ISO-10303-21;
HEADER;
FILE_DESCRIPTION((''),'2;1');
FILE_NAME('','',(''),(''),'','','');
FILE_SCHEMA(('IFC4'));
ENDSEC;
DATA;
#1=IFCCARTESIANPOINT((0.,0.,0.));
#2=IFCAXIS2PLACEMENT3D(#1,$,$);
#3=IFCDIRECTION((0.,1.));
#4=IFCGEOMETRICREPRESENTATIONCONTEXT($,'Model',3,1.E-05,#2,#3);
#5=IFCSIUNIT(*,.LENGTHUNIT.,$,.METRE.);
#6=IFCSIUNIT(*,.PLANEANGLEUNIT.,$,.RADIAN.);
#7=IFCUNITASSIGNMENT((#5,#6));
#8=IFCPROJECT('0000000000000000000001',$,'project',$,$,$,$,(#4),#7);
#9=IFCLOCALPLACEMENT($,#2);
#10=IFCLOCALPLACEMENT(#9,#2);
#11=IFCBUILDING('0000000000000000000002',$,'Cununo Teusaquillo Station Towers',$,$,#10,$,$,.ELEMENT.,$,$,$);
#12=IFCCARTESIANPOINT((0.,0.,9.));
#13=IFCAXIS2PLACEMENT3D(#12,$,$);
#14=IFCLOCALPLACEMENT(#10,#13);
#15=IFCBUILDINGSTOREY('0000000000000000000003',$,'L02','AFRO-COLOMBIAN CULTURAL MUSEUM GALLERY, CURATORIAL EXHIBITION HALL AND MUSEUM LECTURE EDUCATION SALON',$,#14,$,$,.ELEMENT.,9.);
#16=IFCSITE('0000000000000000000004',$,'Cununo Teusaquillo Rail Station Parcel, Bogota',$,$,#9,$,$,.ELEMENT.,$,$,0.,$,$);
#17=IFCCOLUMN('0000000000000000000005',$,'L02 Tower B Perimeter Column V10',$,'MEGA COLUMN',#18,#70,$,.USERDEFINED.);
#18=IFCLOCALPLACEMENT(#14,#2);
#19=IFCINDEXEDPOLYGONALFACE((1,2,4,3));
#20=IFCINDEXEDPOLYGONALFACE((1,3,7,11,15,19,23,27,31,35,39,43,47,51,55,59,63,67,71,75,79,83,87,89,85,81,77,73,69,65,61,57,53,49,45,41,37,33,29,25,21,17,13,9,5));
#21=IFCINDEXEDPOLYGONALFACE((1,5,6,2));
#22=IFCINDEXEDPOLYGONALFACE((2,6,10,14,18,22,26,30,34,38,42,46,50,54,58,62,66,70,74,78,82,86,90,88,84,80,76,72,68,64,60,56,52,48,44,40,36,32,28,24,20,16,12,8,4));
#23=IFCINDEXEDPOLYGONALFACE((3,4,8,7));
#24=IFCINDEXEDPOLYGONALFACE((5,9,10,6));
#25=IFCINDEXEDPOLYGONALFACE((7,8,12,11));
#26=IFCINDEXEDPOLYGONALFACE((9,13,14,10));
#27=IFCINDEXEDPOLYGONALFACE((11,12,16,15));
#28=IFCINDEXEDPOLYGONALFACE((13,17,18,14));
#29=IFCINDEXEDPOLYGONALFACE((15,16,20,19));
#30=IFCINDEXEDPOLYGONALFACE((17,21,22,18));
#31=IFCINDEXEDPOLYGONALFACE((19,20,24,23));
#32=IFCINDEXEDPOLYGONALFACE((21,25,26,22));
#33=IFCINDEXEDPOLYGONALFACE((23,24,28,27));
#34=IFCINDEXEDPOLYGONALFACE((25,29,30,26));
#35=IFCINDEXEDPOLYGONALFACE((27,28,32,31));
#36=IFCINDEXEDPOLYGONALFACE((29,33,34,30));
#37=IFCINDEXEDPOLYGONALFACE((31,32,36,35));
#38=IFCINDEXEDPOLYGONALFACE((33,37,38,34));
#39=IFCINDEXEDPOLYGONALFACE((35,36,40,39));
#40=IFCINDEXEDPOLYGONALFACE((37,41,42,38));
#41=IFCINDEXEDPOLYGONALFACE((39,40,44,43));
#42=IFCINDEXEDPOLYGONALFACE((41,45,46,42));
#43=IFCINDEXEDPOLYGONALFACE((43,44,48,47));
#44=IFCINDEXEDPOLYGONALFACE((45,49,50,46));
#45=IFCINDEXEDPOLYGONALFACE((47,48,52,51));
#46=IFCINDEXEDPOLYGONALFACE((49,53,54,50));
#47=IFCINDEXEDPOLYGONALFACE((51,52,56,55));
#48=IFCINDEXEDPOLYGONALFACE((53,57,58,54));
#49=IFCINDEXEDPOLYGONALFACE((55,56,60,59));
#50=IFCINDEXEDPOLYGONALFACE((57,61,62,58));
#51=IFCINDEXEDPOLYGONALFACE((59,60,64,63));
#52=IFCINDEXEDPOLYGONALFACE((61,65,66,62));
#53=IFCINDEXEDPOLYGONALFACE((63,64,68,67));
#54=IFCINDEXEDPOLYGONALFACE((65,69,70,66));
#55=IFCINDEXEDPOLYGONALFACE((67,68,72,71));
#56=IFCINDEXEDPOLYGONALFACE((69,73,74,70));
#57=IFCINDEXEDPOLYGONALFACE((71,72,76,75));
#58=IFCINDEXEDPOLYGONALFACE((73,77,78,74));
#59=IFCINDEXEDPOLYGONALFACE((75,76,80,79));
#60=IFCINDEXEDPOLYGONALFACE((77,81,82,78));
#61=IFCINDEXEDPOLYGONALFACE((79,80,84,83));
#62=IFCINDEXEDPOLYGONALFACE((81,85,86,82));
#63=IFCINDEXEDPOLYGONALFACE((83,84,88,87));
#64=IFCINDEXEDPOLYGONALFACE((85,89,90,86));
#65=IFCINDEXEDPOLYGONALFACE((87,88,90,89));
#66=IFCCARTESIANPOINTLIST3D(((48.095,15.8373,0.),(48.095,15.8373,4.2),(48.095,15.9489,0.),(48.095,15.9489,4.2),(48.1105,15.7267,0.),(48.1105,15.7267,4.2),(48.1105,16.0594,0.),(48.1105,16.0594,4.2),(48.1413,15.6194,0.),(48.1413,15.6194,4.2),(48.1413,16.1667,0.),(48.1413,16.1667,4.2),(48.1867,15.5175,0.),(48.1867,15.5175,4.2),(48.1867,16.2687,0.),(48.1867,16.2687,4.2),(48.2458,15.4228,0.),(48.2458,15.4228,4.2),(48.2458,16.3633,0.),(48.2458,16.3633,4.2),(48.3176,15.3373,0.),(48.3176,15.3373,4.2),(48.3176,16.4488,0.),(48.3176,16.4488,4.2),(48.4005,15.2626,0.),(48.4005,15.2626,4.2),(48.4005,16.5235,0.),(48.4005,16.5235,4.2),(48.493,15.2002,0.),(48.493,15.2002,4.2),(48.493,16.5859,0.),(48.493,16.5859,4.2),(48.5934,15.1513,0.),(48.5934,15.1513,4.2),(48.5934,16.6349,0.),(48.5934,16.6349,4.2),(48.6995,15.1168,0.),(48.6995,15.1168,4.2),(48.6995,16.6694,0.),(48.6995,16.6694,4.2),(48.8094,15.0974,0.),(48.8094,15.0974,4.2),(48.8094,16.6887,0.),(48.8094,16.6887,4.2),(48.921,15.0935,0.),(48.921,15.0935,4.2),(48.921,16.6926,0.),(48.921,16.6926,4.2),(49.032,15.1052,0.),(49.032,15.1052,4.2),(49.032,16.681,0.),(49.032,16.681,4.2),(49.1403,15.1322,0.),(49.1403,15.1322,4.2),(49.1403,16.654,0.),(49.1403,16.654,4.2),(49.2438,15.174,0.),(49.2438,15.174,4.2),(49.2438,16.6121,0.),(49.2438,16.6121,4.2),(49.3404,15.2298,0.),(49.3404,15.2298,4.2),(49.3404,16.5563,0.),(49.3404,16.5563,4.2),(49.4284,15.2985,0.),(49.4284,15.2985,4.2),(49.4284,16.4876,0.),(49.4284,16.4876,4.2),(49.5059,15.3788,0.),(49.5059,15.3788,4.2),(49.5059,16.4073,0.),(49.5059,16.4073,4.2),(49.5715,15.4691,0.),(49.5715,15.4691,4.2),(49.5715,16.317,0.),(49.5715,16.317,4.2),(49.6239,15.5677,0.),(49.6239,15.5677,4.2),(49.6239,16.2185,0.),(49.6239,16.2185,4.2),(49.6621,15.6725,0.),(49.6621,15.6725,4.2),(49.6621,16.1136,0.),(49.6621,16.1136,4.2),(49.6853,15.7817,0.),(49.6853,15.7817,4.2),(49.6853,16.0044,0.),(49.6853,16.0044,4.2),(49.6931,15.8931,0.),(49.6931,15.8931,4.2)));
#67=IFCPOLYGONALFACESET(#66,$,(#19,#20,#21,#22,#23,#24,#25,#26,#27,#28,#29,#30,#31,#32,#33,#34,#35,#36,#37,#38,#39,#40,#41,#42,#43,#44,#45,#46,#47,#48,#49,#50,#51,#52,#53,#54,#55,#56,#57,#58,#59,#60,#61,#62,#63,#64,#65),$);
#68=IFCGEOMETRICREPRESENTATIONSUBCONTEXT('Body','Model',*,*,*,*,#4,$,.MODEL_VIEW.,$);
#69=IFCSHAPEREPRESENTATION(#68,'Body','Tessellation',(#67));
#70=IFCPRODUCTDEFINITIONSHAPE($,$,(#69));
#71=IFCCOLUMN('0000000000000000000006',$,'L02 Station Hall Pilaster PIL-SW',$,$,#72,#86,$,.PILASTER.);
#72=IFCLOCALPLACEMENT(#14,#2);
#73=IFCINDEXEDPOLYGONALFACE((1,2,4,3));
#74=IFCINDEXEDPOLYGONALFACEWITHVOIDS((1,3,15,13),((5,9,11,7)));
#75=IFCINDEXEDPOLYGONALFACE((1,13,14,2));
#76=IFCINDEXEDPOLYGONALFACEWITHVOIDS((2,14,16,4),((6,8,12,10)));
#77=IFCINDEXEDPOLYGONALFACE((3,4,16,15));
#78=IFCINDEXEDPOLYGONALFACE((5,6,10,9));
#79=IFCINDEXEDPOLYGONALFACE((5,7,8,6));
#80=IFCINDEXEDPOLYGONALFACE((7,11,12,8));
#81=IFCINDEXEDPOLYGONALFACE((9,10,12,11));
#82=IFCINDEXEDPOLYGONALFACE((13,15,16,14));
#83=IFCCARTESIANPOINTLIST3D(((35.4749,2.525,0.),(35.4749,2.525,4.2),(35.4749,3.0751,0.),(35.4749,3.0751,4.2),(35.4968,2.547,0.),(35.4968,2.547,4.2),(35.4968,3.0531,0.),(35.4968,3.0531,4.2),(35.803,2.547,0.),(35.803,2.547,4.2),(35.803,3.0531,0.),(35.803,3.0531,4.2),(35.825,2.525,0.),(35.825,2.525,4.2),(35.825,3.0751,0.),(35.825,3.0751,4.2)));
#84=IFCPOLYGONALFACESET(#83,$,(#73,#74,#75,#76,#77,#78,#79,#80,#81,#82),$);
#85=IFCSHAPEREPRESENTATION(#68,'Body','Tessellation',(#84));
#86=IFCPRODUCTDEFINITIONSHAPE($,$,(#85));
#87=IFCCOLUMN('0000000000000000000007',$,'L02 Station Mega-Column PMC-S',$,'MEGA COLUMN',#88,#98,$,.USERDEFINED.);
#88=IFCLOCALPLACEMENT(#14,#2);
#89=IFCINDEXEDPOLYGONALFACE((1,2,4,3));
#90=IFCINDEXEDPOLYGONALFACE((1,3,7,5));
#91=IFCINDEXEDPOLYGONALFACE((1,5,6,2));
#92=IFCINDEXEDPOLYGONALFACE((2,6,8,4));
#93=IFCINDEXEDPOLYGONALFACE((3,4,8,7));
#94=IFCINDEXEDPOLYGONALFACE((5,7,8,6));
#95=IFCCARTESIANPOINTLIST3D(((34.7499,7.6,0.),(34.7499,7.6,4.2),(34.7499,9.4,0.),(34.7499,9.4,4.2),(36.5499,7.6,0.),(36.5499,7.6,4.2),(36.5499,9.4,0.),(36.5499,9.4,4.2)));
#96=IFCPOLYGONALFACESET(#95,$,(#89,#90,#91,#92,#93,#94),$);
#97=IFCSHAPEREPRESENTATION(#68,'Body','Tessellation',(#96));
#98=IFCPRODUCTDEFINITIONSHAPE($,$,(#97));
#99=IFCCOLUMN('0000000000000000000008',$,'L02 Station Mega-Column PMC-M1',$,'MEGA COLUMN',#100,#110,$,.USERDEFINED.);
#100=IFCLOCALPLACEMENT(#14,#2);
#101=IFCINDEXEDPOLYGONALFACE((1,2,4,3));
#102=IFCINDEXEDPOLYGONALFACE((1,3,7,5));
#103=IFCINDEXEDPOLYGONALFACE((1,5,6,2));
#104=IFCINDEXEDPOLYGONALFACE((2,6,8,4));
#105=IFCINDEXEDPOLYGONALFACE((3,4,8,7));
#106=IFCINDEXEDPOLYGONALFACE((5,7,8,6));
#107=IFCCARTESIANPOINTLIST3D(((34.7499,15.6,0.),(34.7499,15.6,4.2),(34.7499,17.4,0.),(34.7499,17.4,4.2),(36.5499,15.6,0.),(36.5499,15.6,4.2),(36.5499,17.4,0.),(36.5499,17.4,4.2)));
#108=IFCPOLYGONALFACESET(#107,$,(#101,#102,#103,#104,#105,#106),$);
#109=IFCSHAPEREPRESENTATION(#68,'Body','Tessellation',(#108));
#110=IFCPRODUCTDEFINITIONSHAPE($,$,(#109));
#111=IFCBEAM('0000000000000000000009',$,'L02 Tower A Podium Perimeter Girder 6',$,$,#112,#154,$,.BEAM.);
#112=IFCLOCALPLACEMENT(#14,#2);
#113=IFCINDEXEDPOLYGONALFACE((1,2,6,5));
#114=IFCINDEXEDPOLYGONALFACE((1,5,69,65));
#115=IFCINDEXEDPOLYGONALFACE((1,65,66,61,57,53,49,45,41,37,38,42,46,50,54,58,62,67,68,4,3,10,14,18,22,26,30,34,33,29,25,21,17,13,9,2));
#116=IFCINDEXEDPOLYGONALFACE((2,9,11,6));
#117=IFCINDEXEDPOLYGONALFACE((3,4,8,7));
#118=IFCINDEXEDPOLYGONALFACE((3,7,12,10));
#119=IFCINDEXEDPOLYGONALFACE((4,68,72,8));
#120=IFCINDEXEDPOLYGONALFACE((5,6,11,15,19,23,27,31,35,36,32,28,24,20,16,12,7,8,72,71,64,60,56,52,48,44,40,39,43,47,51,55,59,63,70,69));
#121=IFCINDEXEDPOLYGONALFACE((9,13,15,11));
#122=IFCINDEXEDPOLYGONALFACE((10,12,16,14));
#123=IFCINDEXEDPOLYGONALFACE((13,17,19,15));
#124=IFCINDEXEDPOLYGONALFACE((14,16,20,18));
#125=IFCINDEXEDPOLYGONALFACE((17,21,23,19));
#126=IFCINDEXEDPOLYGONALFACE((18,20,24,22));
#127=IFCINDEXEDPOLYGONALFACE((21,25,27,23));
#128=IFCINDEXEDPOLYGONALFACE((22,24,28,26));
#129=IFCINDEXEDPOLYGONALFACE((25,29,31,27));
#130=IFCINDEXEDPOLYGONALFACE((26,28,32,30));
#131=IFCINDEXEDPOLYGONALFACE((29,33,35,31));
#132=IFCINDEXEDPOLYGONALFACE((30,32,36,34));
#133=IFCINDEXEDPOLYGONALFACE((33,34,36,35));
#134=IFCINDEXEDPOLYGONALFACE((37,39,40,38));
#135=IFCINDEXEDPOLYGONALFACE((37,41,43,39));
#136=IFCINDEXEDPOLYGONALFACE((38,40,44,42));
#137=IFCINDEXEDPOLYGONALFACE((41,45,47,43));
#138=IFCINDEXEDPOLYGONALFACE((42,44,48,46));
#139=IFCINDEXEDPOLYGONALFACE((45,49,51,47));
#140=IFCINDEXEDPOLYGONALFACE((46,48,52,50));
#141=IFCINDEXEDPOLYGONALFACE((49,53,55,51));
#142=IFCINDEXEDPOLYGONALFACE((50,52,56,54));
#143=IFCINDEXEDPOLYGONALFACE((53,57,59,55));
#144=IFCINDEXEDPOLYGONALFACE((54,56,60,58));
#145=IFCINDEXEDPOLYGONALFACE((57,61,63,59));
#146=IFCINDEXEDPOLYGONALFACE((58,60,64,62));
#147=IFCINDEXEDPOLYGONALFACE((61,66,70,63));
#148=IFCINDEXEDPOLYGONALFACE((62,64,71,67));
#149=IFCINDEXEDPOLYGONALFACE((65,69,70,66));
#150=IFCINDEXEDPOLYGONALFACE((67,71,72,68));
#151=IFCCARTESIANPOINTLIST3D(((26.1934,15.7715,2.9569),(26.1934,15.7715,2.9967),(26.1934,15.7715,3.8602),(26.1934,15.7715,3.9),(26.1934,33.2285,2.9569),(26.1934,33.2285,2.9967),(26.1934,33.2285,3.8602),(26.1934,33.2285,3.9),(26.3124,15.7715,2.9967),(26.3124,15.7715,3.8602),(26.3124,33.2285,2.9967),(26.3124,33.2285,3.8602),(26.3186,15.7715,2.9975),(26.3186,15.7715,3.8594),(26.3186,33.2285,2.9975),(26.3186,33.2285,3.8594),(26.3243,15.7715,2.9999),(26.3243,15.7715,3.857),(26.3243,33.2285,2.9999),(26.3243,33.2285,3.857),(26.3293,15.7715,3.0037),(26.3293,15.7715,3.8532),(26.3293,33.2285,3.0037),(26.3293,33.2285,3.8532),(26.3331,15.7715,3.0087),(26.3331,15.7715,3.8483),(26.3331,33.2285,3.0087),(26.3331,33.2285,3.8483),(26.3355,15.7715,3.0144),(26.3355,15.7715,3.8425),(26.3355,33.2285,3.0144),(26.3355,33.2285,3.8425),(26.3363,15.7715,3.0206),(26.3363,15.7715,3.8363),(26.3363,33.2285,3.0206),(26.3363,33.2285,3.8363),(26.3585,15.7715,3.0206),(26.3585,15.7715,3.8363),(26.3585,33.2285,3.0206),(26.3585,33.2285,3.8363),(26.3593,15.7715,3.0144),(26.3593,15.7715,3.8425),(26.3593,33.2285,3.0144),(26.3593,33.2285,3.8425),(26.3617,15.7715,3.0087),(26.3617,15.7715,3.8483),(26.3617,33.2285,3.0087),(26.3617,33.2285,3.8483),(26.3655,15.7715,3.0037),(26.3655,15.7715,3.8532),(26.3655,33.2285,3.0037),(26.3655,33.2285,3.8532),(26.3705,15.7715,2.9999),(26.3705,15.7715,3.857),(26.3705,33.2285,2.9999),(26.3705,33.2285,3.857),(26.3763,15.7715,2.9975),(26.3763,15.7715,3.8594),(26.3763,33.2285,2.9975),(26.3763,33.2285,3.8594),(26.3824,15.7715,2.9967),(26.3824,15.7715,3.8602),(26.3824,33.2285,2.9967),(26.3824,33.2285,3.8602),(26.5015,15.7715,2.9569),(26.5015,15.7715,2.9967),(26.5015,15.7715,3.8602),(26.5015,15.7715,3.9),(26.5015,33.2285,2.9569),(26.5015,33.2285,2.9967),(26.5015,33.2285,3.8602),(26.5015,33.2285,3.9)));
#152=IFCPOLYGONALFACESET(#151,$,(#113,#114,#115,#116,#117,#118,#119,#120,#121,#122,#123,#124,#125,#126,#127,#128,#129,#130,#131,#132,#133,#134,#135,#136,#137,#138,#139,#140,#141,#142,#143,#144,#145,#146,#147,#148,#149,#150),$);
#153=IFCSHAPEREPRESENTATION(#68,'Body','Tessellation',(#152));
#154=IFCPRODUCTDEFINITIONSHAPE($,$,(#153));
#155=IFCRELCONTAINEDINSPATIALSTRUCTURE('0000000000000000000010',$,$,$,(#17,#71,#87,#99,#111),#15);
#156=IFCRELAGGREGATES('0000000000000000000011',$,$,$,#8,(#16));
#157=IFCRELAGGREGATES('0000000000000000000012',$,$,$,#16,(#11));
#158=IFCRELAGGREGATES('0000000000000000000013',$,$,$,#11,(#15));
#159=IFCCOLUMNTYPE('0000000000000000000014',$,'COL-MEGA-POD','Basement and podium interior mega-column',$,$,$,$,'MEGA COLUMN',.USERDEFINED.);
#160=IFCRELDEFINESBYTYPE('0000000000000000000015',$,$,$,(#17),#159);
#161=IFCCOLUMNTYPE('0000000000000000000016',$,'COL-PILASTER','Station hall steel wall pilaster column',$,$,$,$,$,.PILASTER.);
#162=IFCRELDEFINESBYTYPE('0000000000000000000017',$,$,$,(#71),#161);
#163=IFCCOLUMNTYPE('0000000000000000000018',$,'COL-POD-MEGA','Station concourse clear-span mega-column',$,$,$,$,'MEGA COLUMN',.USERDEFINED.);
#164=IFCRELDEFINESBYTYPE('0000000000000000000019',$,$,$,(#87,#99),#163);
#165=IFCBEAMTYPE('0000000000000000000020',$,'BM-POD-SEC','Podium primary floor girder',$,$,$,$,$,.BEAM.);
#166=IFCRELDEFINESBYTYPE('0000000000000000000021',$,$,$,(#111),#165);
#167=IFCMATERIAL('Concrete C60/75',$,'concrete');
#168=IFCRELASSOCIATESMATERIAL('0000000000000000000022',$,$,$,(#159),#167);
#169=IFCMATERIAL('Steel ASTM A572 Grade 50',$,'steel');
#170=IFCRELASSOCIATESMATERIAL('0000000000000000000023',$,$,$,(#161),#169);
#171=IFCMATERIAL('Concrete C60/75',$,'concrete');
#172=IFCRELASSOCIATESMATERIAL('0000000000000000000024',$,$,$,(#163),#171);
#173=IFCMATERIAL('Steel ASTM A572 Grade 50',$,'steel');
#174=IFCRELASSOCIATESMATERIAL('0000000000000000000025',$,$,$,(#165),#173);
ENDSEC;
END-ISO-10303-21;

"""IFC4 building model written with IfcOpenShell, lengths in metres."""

from ifc_helpers import new_model, si_unit, direction, frame, origin, origin_2d, place, context, subcontext, project, spatial, rectangle, hollow_rectangle, circle, i_section, extrude, material, material_profile, profile_set, type_object, element, save


model = new_model("IFC4")

# Units and contexts
model_context = context("Model", 3, precision=1e-05, world=origin(), true_north=direction((0.0, 1.0)))
body_context = subcontext(model_context, "Body", "Model", "MODEL_VIEW")
ifc_project = project(units=[si_unit("LENGTHUNIT", "METRE"), si_unit("PLANEANGLEUNIT", "RADIAN")], contexts=[model_context])

# Site, building, storey
site_placement = place(None, origin())
site = spatial("IfcSite", under=ifc_project, at=site_placement, Name="Cununo Teusaquillo Rail Station Parcel, Bogota", CompositionType="ELEMENT", RefElevation=0.0)
building_placement = place(site_placement, origin())
building = spatial("IfcBuilding", under=site, at=building_placement, Name="Cununo Teusaquillo Station Towers", CompositionType="ELEMENT")
storey_placement = place(building_placement, frame((0.0, 0.0, 9.0)))
storey = spatial("IfcBuildingStorey", under=building, at=storey_placement, Name="L02", Description="AFRO-COLOMBIAN CULTURAL MUSEUM GALLERY, CURATORIAL EXHIBITION HALL AND MUSEUM LECTURE EDUCATION SALON", CompositionType="ELEMENT", Elevation=9.0)

# Columns
ifc_material_1 = material(Name="Concrete C60/75", Category="concrete")
ifc_material_profile_1 = material_profile(ifc_material_1, circle(Radius=0.8, at=origin_2d()), Name="RC-CIRC-1600")
ifc_profile_set_1 = profile_set([ifc_material_profile_1], Name="Concrete C60/75")
column_type_1 = type_object("IfcColumnType", Name="COL-MEGA-POD", Description="Basement and podium interior mega-column", ElementType="MEGA COLUMN", PredefinedType="USERDEFINED", material=ifc_profile_set_1)
column_1_placement = place(storey_placement, frame((48.8931, 15.8931, 0.0), z_axis=(0.0, 0.0, 1.0), x_axis=(1.0, 0.0, 0.0)))
element("IfcColumn", 1, at=column_1_placement, inside=storey, type_object=column_type_1, Name="L02 Tower B Perimeter Column V10", ObjectType="MEGA COLUMN", PredefinedType="USERDEFINED", context=body_context, shape_type="SweptSolid", body=[
    extrude(circle(Radius=0.8, at=origin_2d()), origin(), (0.0, 0.0, 1.0), 4.2),
])
ifc_material_2 = material(Name="Steel ASTM A572 Grade 50", Category="steel")
ifc_material_profile_2 = material_profile(ifc_material_2, hollow_rectangle(XDim=0.3501, YDim=0.55, WallThickness=0.022, at=origin_2d()), Name="RHS 550x350x22")
ifc_profile_set_2 = profile_set([ifc_material_profile_2], Name="Steel ASTM A572 Grade 50")
column_type_2 = type_object("IfcColumnType", Name="COL-PILASTER", Description="Station hall steel wall pilaster column", PredefinedType="PILASTER", material=ifc_profile_set_2)
column_2_placement = place(storey_placement, frame((35.6499, 2.8, 0.0), z_axis=(0.0, 0.0, 1.0), x_axis=(1.0, 0.0, 0.0)))
element("IfcColumn", 2, at=column_2_placement, inside=storey, type_object=column_type_2, Name="L02 Station Hall Pilaster PIL-SW", PredefinedType="PILASTER", context=body_context, shape_type="SweptSolid", body=[
    extrude(hollow_rectangle(XDim=0.3501, YDim=0.55, WallThickness=0.022, at=origin_2d()), origin(), (0.0, 0.0, 1.0), 4.2),
])
ifc_material_3 = material(Name="Concrete C60/75", Category="concrete")
ifc_material_profile_3 = material_profile(ifc_material_3, rectangle(XDim=1.8, YDim=1.8, at=origin_2d()), Name="RC-RECT-1800x1800")
ifc_profile_set_3 = profile_set([ifc_material_profile_3], Name="Concrete C60/75")
column_type_3 = type_object("IfcColumnType", Name="COL-POD-MEGA", Description="Station concourse clear-span mega-column", ElementType="MEGA COLUMN", PredefinedType="USERDEFINED", material=ifc_profile_set_3)
for number, where, z_axis, x_axis, name in (
    (3, (35.6499, 8.5, 0.0), (0.0, 0.0, 1.0), (1.0, 0.0, 0.0), "L02 Station Mega-Column PMC-S"),
    (4, (35.6499, 16.5, 0.0), (0.0, 0.0, 1.0), (1.0, 0.0, 0.0), "L02 Station Mega-Column PMC-M1"),
):
    element("IfcColumn", number, at=place(storey_placement, frame(where, z_axis=z_axis, x_axis=x_axis)), inside=storey, type_object=column_type_3, Name=name, ObjectType="MEGA COLUMN", PredefinedType="USERDEFINED", context=body_context, shape_type="SweptSolid", body=[
        extrude(rectangle(XDim=1.8, YDim=1.8, at=origin_2d()), origin(), (0.0, 0.0, 1.0), 4.2),
    ])

# Beam
ifc_material_4 = material(Name="Steel ASTM A572 Grade 50", Category="steel")
ifc_material_profile_4 = material_profile(ifc_material_4, i_section(OverallWidth=0.3081, OverallDepth=0.9431, WebThickness=0.0222, FlangeThickness=0.0398, FilletRadius=0.0239, at=origin_2d()), Name="W36X232")
ifc_profile_set_4 = profile_set([ifc_material_profile_4], Name="Steel ASTM A572 Grade 50")
beam_type_1 = type_object("IfcBeamType", Name="BM-POD-SEC", Description="Podium primary floor girder", PredefinedType="BEAM", material=ifc_profile_set_4)
beam_1_placement = place(storey_placement, frame((26.3474, 15.7715, 3.4285), z_axis=(0.0, 1.0, 0.0), x_axis=(-1.0, 0.0, 0.0)))
element("IfcBeam", 5, at=beam_1_placement, inside=storey, type_object=beam_type_1, Name="L02 Tower A Podium Perimeter Girder 6", PredefinedType="BEAM", context=body_context, shape_type="SweptSolid", body=[
    extrude(i_section(OverallWidth=0.3081, OverallDepth=0.9431, WebThickness=0.0222, FlangeThickness=0.0398, FilletRadius=0.0239, at=origin_2d()), origin(), (0.0, 0.0, 1.0), 17.457),
])

save(model, "model.ifc")
